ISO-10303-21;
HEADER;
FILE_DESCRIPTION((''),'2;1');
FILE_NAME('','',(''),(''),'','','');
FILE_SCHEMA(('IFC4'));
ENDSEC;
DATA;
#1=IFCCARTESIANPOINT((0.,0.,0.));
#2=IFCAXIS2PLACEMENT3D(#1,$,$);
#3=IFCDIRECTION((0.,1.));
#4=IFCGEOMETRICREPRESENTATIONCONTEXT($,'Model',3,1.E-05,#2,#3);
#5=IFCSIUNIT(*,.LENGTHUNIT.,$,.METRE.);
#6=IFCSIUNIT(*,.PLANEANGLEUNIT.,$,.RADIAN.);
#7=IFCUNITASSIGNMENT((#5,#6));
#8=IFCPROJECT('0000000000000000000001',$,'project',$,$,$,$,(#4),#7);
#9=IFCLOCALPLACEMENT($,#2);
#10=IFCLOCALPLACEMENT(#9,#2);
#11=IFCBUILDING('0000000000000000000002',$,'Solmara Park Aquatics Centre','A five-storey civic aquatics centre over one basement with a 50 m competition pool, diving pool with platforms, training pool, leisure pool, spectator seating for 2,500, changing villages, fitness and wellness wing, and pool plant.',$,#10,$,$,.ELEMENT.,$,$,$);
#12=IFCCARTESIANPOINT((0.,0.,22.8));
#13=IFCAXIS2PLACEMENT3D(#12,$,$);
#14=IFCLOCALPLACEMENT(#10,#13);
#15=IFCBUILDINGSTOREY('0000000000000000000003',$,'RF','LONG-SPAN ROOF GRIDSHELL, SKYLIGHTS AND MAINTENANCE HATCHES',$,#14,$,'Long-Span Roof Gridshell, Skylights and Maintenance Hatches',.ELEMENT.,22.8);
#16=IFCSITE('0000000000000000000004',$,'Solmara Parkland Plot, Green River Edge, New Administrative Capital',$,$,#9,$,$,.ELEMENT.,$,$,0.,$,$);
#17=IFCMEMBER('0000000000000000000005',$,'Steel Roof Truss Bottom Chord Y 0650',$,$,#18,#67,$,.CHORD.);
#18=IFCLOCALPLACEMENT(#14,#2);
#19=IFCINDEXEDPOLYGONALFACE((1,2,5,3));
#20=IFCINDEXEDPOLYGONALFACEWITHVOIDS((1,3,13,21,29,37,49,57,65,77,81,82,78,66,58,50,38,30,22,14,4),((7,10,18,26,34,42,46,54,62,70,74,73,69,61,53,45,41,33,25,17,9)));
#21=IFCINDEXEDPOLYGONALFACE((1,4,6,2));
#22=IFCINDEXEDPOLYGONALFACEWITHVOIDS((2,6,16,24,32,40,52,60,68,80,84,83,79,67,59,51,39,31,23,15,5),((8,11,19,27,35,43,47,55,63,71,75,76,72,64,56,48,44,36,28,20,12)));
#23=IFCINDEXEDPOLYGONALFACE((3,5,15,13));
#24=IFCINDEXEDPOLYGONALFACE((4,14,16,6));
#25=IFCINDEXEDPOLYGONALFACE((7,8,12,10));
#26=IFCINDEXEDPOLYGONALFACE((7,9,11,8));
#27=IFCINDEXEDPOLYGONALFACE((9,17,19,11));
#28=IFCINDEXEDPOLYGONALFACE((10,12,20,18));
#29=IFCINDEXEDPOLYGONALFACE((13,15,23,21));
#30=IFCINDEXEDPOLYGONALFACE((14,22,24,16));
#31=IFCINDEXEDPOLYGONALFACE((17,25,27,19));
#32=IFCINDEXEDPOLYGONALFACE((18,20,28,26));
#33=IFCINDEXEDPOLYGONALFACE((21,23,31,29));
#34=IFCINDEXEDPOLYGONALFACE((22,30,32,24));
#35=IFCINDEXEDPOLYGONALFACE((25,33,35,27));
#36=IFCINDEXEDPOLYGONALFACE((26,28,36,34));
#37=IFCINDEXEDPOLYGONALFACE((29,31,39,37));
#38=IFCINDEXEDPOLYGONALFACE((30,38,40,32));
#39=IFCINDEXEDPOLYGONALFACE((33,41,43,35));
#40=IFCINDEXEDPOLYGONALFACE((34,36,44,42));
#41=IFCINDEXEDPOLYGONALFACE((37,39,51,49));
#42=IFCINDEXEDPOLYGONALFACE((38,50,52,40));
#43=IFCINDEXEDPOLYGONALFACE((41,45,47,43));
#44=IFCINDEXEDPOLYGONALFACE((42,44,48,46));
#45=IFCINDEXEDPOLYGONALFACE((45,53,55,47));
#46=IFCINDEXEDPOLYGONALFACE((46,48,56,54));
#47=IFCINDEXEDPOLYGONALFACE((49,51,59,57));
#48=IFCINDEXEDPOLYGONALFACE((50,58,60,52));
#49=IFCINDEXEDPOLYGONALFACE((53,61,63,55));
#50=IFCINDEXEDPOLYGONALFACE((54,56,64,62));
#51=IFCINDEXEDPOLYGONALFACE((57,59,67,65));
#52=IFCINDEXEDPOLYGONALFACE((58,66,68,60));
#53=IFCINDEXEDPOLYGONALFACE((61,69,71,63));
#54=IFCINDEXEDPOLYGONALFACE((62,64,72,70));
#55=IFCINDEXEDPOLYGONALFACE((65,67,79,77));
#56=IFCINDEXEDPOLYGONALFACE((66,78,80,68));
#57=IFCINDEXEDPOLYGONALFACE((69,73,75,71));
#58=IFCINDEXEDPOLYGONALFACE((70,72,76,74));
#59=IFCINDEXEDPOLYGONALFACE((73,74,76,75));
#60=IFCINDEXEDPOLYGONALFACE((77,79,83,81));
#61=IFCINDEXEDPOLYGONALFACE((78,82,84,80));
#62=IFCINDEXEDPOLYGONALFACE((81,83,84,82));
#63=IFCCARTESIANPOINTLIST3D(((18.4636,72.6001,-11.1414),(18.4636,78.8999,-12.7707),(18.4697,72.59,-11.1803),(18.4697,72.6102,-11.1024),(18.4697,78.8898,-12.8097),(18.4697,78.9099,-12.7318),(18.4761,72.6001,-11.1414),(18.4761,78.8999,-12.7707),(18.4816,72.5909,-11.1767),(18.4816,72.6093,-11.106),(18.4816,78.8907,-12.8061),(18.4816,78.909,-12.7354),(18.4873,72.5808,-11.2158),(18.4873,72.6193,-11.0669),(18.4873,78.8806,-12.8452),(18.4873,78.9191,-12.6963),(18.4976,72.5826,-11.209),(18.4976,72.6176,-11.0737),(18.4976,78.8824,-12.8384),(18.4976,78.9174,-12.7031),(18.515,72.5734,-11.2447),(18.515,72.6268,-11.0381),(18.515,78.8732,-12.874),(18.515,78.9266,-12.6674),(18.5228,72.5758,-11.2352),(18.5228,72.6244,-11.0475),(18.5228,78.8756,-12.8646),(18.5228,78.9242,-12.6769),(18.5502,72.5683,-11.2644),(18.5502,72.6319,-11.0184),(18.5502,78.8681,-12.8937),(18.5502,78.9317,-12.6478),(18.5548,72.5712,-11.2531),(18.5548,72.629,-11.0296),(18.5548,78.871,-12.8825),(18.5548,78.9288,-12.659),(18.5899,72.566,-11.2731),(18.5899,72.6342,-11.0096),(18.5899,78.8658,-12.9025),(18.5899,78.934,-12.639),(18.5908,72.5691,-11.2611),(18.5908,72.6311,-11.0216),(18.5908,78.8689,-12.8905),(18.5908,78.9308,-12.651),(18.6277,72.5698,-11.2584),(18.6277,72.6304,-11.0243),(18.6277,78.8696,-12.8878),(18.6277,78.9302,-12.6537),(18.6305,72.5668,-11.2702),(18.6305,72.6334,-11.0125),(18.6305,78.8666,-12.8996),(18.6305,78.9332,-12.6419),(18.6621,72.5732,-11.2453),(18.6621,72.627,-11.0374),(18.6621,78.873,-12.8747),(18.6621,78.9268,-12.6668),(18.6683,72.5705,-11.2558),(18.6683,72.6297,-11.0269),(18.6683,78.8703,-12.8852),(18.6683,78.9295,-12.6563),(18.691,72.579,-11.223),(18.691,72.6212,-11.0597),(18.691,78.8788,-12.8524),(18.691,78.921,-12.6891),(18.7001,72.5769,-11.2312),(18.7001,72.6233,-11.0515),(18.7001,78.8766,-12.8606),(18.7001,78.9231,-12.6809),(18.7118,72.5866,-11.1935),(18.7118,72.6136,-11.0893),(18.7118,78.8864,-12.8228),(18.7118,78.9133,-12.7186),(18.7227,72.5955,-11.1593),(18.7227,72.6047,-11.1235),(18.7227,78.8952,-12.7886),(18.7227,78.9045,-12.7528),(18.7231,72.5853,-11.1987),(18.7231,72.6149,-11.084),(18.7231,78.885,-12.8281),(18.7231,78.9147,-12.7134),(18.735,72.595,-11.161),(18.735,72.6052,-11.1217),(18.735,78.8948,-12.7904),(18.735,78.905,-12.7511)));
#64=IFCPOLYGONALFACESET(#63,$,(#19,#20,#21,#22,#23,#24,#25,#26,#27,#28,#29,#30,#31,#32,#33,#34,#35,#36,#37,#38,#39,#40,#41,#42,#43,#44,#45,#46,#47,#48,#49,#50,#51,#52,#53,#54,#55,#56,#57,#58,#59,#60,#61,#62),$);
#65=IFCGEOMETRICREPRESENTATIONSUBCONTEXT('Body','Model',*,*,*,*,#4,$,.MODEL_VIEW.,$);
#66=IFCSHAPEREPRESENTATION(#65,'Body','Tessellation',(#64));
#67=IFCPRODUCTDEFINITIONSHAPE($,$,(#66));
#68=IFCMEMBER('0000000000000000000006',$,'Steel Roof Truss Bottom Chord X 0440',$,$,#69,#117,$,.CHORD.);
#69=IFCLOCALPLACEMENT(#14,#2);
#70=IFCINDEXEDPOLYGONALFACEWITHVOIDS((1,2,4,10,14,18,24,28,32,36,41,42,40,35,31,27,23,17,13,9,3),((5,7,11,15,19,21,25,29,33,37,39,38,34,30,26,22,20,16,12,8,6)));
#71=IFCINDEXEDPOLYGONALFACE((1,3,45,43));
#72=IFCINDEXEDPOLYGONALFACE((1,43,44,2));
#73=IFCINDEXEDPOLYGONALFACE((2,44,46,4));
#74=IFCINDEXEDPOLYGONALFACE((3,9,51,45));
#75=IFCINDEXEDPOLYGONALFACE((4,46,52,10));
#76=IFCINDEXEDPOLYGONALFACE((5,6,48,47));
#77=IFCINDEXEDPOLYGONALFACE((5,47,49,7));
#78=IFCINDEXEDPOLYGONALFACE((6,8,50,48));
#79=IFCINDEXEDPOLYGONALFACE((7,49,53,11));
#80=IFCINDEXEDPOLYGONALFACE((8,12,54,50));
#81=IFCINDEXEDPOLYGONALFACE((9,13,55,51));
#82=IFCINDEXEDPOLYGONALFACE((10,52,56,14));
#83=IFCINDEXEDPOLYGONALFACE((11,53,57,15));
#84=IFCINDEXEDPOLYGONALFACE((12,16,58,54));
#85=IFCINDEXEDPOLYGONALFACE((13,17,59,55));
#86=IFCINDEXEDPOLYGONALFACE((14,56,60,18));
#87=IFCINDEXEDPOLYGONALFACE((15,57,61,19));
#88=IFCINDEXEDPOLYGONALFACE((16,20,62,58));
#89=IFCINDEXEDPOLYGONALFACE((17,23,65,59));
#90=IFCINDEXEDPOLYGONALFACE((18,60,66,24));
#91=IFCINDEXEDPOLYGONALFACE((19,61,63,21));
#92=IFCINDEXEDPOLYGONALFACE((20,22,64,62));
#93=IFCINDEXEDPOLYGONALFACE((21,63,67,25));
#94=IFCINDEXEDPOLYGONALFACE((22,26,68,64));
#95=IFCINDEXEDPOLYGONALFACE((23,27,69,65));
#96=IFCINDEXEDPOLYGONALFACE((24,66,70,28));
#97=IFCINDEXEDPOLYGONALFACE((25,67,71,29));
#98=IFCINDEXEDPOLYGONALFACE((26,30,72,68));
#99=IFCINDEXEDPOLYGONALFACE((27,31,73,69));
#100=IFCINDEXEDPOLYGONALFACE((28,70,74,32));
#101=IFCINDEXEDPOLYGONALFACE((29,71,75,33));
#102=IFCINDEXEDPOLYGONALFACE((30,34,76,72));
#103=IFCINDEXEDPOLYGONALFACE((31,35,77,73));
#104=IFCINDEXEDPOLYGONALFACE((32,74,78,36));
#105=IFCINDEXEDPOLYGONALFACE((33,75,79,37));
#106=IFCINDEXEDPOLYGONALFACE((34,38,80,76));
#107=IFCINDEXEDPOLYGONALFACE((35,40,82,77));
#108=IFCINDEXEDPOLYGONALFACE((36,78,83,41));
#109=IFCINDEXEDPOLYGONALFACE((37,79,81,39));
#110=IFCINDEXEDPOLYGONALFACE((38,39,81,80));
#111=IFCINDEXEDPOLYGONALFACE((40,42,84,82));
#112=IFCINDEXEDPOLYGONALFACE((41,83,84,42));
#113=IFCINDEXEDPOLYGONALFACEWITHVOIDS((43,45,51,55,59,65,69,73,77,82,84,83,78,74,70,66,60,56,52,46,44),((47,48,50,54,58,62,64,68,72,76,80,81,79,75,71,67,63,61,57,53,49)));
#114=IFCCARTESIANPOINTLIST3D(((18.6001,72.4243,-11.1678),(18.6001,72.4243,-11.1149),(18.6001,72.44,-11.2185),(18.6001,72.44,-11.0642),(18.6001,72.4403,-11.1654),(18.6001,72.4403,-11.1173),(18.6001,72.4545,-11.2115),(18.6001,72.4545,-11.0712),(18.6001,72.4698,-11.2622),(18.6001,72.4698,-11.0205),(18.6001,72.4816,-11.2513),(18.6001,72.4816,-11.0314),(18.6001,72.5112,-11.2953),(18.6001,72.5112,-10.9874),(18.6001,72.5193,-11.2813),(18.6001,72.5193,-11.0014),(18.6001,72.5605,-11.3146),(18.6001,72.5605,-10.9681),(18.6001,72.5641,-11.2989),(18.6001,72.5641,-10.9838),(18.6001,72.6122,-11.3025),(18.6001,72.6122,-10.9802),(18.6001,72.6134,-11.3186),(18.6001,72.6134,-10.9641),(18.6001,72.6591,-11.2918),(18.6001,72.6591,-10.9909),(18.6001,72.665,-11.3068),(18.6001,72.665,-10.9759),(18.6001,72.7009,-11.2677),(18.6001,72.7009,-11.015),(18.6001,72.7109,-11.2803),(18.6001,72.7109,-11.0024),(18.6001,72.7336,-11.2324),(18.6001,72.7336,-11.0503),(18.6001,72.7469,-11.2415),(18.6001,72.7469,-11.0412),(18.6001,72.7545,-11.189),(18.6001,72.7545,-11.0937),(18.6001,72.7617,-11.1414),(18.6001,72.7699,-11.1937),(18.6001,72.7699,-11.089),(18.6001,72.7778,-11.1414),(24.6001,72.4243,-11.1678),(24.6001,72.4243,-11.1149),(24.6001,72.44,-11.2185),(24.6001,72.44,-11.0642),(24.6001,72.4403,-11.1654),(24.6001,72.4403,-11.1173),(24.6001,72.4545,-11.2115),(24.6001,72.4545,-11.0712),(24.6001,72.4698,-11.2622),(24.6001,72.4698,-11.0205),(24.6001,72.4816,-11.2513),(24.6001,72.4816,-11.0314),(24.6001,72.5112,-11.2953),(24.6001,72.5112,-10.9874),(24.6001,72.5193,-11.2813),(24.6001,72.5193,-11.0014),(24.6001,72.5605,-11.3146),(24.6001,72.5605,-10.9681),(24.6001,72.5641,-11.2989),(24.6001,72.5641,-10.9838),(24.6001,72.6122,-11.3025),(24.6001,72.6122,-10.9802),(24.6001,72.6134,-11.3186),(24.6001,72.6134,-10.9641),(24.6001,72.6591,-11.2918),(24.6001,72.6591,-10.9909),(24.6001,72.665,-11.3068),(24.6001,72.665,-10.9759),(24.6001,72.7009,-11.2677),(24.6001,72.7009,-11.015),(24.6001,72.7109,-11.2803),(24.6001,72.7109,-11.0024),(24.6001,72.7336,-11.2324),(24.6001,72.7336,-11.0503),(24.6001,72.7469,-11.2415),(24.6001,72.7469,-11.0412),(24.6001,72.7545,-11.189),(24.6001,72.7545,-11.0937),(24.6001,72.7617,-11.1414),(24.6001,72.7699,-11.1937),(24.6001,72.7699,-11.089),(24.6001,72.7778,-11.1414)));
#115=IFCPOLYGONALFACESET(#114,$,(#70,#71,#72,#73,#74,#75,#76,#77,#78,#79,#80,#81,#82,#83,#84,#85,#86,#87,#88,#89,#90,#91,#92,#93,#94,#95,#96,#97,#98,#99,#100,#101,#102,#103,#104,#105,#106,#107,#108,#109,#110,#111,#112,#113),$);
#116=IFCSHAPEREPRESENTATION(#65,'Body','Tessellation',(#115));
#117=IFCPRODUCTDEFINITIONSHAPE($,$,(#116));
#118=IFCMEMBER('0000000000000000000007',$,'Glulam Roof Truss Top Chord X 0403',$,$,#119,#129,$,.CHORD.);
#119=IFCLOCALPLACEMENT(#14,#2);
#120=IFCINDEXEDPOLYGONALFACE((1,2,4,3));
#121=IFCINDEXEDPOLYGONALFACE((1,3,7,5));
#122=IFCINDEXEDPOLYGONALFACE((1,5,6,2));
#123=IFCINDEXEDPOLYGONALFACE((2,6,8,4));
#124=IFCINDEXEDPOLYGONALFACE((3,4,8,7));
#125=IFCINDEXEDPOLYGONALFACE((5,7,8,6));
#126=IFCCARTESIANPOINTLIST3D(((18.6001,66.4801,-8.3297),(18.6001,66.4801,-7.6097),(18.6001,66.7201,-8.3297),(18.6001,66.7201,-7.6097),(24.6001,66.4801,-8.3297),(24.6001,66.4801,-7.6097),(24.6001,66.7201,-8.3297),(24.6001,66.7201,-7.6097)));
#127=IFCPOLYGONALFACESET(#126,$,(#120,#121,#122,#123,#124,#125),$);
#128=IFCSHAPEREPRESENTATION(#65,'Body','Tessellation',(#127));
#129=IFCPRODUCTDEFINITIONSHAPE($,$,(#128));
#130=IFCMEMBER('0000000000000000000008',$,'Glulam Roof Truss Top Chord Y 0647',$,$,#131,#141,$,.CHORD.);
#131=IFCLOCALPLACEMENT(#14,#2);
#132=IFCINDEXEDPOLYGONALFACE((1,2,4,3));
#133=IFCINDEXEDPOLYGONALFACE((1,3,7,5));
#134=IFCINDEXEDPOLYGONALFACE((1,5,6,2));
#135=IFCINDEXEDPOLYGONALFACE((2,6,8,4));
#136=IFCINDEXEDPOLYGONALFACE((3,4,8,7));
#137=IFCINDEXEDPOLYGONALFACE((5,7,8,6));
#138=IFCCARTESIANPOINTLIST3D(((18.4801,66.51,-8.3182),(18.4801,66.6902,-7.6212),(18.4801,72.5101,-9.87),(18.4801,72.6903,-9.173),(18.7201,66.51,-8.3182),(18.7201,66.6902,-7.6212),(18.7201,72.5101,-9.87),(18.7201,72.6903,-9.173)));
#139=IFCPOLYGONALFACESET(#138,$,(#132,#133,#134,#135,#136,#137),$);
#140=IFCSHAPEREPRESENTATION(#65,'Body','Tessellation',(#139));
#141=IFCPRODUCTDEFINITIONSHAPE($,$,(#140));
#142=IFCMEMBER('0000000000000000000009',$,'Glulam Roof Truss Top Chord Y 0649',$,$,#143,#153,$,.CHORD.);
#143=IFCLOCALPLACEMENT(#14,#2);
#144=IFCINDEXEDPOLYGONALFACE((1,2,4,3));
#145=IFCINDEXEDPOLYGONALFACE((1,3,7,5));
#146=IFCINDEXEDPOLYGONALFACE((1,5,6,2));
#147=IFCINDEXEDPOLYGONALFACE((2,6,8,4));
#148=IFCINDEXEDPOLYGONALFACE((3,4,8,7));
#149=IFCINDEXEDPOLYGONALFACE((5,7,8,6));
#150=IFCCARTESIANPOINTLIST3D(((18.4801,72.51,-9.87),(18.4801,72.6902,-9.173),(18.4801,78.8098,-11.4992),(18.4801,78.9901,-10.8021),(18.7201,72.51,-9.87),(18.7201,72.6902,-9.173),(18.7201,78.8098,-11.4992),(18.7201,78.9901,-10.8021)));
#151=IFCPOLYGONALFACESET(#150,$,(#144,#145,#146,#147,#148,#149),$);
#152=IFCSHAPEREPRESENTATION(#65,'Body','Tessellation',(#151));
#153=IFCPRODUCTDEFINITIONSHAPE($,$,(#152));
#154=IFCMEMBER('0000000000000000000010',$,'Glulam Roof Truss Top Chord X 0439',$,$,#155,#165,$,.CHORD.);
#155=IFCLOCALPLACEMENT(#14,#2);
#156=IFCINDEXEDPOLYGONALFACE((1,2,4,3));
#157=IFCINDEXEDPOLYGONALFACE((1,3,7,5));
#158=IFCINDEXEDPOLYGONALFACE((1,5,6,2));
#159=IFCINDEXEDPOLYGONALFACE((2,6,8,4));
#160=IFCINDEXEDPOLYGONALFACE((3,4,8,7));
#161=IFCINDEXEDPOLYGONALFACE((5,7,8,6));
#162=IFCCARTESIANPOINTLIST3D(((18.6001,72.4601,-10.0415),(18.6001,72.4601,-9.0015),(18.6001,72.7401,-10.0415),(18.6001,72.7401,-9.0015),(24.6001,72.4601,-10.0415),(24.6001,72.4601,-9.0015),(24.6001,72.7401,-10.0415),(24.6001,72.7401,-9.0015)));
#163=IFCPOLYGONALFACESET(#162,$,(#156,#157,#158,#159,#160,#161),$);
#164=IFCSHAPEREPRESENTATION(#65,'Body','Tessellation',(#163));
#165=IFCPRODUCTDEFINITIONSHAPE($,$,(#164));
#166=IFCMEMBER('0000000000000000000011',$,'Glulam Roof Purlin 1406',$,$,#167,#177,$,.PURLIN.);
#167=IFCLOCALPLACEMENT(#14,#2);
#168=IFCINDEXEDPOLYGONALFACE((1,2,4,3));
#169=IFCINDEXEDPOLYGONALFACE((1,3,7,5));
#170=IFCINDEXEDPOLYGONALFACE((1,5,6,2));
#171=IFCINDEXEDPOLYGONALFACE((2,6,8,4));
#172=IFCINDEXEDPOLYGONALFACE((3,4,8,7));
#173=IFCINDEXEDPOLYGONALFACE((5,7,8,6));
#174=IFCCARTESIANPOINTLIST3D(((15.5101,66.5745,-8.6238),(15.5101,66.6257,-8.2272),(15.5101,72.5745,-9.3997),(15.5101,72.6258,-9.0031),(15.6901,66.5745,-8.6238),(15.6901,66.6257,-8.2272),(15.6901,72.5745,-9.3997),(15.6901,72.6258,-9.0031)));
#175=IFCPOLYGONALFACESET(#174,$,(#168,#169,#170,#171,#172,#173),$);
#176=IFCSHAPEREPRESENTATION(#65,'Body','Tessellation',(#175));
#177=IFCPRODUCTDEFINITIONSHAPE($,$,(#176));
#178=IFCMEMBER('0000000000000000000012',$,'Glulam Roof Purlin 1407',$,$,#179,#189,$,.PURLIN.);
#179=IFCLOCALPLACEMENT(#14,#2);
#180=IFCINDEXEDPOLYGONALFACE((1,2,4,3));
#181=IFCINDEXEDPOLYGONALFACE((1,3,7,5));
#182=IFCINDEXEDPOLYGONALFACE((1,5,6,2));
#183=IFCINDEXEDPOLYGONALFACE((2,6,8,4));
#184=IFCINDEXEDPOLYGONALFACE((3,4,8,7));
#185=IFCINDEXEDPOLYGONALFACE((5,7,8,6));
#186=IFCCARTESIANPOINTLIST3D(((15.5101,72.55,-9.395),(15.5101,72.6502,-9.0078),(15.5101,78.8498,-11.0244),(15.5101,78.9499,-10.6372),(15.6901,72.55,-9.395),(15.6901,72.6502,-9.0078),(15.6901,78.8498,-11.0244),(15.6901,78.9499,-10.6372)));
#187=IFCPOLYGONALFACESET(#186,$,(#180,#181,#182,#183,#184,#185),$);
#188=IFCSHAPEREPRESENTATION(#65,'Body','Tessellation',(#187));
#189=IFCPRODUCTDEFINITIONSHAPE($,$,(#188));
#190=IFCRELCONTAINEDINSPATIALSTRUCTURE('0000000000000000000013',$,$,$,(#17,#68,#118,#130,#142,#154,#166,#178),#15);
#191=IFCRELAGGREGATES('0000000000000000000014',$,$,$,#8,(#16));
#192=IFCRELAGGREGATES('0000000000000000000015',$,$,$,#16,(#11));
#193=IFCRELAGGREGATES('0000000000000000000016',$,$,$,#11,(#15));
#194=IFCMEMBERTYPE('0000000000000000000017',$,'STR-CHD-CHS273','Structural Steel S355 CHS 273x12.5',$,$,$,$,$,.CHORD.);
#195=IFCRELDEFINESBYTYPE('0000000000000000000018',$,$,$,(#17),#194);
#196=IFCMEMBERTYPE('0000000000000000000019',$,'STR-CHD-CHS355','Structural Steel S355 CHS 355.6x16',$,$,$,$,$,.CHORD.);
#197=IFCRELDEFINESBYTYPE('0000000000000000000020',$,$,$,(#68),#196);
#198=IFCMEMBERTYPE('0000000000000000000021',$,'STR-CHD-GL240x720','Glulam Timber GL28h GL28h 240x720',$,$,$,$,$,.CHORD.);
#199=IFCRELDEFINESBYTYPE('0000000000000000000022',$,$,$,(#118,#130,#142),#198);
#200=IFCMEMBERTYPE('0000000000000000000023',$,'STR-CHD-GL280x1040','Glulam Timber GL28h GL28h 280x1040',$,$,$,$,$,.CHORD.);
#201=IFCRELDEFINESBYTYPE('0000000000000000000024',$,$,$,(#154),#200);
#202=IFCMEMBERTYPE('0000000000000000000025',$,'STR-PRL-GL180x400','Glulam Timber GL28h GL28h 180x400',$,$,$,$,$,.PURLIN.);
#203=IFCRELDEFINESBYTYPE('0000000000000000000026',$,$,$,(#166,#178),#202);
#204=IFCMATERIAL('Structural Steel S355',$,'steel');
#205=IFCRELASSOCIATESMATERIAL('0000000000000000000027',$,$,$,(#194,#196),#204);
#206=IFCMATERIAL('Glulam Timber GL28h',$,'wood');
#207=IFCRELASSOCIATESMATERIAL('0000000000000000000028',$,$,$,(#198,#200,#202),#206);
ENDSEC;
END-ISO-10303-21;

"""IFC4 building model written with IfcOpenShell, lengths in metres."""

from ifc_helpers import new_model, si_unit, direction, frame, origin, origin_2d, place, context, subcontext, project, spatial, rectangle, hollow_circle, extrude, material, material_profile, profile_set, type_object, element, save


model = new_model("IFC4")

# Units and contexts
model_context = context("Model", 3, precision=1e-05, world=origin(), true_north=direction((0.0, 1.0)))
body_context = subcontext(model_context, "Body", "Model", "MODEL_VIEW")
ifc_project = project(units=[si_unit("LENGTHUNIT", "METRE"), si_unit("PLANEANGLEUNIT", "RADIAN")], contexts=[model_context])

# Site, building, storey
site_placement = place(None, origin())
site = spatial("IfcSite", under=ifc_project, at=site_placement, Name="Solmara Parkland Plot, Green River Edge, New Administrative Capital", CompositionType="ELEMENT", RefElevation=0.0)
building_placement = place(site_placement, origin())
building = spatial("IfcBuilding", under=site, at=building_placement, Name="Solmara Park Aquatics Centre", Description="A five-storey civic aquatics centre over one basement with a 50 m competition pool, diving pool with platforms, training pool, leisure pool, spectator seating for 2,500, changing villages, fitness and wellness wing, and pool plant.", CompositionType="ELEMENT")
storey_placement = place(building_placement, frame((0.0, 0.0, 22.8)))
storey = spatial("IfcBuildingStorey", under=building, at=storey_placement, Name="RF", Description="LONG-SPAN ROOF GRIDSHELL, SKYLIGHTS AND MAINTENANCE HATCHES", LongName="Long-Span Roof Gridshell, Skylights and Maintenance Hatches", CompositionType="ELEMENT", Elevation=22.8)

# Members
ifc_material_1 = material(Name="Structural Steel S355", Category="steel")
ifc_material_profile_1 = material_profile(ifc_material_1, hollow_circle(Radius=0.1365, WallThickness=0.0125, at=origin_2d()), Name="CHS 273x12.5")
ifc_profile_set_1 = profile_set([ifc_material_profile_1], Name="Structural Steel S355")
member_type_1 = type_object("IfcMemberType", Name="STR-CHD-CHS273", Description="Structural Steel S355 CHS 273x12.5", PredefinedType="CHORD", material=ifc_profile_set_1)
member_1_placement = place(storey_placement, frame((18.6001, 72.6001, -11.1414), z_axis=(0.0, 0.968142, -0.250402), x_axis=(-1.0, 0.0, 0.0)))
element("IfcMember", 1, at=member_1_placement, inside=storey, type_object=member_type_1, Name="Steel Roof Truss Bottom Chord Y 0650", PredefinedType="CHORD", context=body_context, shape_type="SweptSolid", body=[
    extrude(hollow_circle(Radius=0.1365, WallThickness=0.0125, at=origin_2d()), origin(), (0.0, 0.0, 1.0), 6.5071),
])
ifc_material_profile_2 = material_profile(ifc_material_1, hollow_circle(Radius=0.1777, WallThickness=0.0161, at=origin_2d()), Name="CHS 355.6x16")
ifc_profile_set_2 = profile_set([ifc_material_profile_2], Name="Structural Steel S355")
member_type_2 = type_object("IfcMemberType", Name="STR-CHD-CHS355", Description="Structural Steel S355 CHS 355.6x16", PredefinedType="CHORD", material=ifc_profile_set_2)
member_2_placement = place(storey_placement, frame((18.6001, 72.6001, -11.1414), z_axis=(1.0, 0.0, 0.0), x_axis=(0.0, 1.0, 0.0)))
element("IfcMember", 2, at=member_2_placement, inside=storey, type_object=member_type_2, Name="Steel Roof Truss Bottom Chord X 0440", PredefinedType="CHORD", context=body_context, shape_type="SweptSolid", body=[
    extrude(hollow_circle(Radius=0.1777, WallThickness=0.0161, at=origin_2d()), origin(), (0.0, 0.0, 1.0), 6.0),
])
ifc_material_2 = material(Name="Glulam Timber GL28h", Category="wood")
ifc_material_profile_3 = material_profile(ifc_material_2, rectangle(XDim=0.24, YDim=0.72, at=origin_2d()), Name="GL28h 240x720")
ifc_profile_set_3 = profile_set([ifc_material_profile_3], Name="Glulam Timber GL28h")
member_type_3 = type_object("IfcMemberType", Name="STR-CHD-GL240x720", Description="Glulam Timber GL28h GL28h 240x720", PredefinedType="CHORD", material=ifc_profile_set_3)
member_3_placement = place(storey_placement, frame((18.6001, 66.6001, -7.9697), z_axis=(1.0, 0.0, 0.0), x_axis=(0.0, 1.0, 0.0)))
element("IfcMember", 3, at=member_3_placement, inside=storey, type_object=member_type_3, Name="Glulam Roof Truss Top Chord X 0403", PredefinedType="CHORD", context=body_context, shape_type="SweptSolid", body=[
    extrude(rectangle(XDim=0.24, YDim=0.72, at=origin_2d()), origin(), (0.0, 0.0, 1.0), 6.0),
])
member_4_placement = place(storey_placement, frame((18.6001, 66.6001, -7.9697), z_axis=(0.0, 0.968146, -0.250388), x_axis=(-1.0, 0.0, 0.0)))
element("IfcMember", 4, at=member_4_placement, inside=storey, type_object=member_type_3, Name="Glulam Roof Truss Top Chord Y 0647", PredefinedType="CHORD", context=body_context, shape_type="SweptSolid", body=[
    extrude(rectangle(XDim=0.24, YDim=0.72, at=origin_2d()), origin(), (0.0, 0.0, 1.0), 6.1975),
])
member_5_placement = place(storey_placement, frame((18.6001, 72.6001, -9.5215), z_axis=(0.0, 0.968151, -0.250367), x_axis=(-1.0, 0.0, 0.0)))
element("IfcMember", 5, at=member_5_placement, inside=storey, type_object=member_type_3, Name="Glulam Roof Truss Top Chord Y 0649", PredefinedType="CHORD", context=body_context, shape_type="SweptSolid", body=[
    extrude(rectangle(XDim=0.24, YDim=0.72, at=origin_2d()), origin(), (0.0, 0.0, 1.0), 6.5071),
])
ifc_material_profile_4 = material_profile(ifc_material_2, rectangle(XDim=0.28, YDim=1.04, at=origin_2d()), Name="GL28h 280x1040")
ifc_profile_set_4 = profile_set([ifc_material_profile_4], Name="Glulam Timber GL28h")
member_type_4 = type_object("IfcMemberType", Name="STR-CHD-GL280x1040", Description="Glulam Timber GL28h GL28h 280x1040", PredefinedType="CHORD", material=ifc_profile_set_4)
member_6_placement = place(storey_placement, frame((18.6001, 72.6001, -9.5215), z_axis=(1.0, 0.0, 0.0), x_axis=(0.0, 1.0, 0.0)))
element("IfcMember", 6, at=member_6_placement, inside=storey, type_object=member_type_4, Name="Glulam Roof Truss Top Chord X 0439", PredefinedType="CHORD", context=body_context, shape_type="SweptSolid", body=[
    extrude(rectangle(XDim=0.28, YDim=1.04, at=origin_2d()), origin(), (0.0, 0.0, 1.0), 6.0),
])
ifc_material_profile_5 = material_profile(ifc_material_2, rectangle(XDim=0.1799, YDim=0.3999, at=origin_2d()), Name="GL28h 180x400")
ifc_profile_set_5 = profile_set([ifc_material_profile_5], Name="Glulam Timber GL28h")
member_type_5 = type_object("IfcMemberType", Name="STR-PRL-GL180x400", Description="Glulam Timber GL28h GL28h 180x400", PredefinedType="PURLIN", material=ifc_profile_set_5)
member_7_placement = place(storey_placement, frame((15.6001, 66.6001, -8.4255), z_axis=(0.0, 0.991742, -0.128245), x_axis=(-1.0, 0.0, 0.0)))
element("IfcMember", 7, at=member_7_placement, inside=storey, type_object=member_type_5, Name="Glulam Roof Purlin 1406", PredefinedType="PURLIN", context=body_context, shape_type="SweptSolid", body=[
    extrude(rectangle(XDim=0.1799, YDim=0.3999, at=origin_2d()), origin(), (0.0, 0.0, 1.0), 6.05),
])
member_8_placement = place(storey_placement, frame((15.6001, 72.6001, -9.2014), z_axis=(0.0, 0.968142, -0.250402), x_axis=(-1.0, 0.0, 0.0)))
element("IfcMember", 8, at=member_8_placement, inside=storey, type_object=member_type_5, Name="Glulam Roof Purlin 1407", PredefinedType="PURLIN", context=body_context, shape_type="SweptSolid", body=[
    extrude(rectangle(XDim=0.1799, YDim=0.3999, at=origin_2d()), origin(), (0.0, 0.0, 1.0), 6.5071),
])

save(model, "model.ifc")
